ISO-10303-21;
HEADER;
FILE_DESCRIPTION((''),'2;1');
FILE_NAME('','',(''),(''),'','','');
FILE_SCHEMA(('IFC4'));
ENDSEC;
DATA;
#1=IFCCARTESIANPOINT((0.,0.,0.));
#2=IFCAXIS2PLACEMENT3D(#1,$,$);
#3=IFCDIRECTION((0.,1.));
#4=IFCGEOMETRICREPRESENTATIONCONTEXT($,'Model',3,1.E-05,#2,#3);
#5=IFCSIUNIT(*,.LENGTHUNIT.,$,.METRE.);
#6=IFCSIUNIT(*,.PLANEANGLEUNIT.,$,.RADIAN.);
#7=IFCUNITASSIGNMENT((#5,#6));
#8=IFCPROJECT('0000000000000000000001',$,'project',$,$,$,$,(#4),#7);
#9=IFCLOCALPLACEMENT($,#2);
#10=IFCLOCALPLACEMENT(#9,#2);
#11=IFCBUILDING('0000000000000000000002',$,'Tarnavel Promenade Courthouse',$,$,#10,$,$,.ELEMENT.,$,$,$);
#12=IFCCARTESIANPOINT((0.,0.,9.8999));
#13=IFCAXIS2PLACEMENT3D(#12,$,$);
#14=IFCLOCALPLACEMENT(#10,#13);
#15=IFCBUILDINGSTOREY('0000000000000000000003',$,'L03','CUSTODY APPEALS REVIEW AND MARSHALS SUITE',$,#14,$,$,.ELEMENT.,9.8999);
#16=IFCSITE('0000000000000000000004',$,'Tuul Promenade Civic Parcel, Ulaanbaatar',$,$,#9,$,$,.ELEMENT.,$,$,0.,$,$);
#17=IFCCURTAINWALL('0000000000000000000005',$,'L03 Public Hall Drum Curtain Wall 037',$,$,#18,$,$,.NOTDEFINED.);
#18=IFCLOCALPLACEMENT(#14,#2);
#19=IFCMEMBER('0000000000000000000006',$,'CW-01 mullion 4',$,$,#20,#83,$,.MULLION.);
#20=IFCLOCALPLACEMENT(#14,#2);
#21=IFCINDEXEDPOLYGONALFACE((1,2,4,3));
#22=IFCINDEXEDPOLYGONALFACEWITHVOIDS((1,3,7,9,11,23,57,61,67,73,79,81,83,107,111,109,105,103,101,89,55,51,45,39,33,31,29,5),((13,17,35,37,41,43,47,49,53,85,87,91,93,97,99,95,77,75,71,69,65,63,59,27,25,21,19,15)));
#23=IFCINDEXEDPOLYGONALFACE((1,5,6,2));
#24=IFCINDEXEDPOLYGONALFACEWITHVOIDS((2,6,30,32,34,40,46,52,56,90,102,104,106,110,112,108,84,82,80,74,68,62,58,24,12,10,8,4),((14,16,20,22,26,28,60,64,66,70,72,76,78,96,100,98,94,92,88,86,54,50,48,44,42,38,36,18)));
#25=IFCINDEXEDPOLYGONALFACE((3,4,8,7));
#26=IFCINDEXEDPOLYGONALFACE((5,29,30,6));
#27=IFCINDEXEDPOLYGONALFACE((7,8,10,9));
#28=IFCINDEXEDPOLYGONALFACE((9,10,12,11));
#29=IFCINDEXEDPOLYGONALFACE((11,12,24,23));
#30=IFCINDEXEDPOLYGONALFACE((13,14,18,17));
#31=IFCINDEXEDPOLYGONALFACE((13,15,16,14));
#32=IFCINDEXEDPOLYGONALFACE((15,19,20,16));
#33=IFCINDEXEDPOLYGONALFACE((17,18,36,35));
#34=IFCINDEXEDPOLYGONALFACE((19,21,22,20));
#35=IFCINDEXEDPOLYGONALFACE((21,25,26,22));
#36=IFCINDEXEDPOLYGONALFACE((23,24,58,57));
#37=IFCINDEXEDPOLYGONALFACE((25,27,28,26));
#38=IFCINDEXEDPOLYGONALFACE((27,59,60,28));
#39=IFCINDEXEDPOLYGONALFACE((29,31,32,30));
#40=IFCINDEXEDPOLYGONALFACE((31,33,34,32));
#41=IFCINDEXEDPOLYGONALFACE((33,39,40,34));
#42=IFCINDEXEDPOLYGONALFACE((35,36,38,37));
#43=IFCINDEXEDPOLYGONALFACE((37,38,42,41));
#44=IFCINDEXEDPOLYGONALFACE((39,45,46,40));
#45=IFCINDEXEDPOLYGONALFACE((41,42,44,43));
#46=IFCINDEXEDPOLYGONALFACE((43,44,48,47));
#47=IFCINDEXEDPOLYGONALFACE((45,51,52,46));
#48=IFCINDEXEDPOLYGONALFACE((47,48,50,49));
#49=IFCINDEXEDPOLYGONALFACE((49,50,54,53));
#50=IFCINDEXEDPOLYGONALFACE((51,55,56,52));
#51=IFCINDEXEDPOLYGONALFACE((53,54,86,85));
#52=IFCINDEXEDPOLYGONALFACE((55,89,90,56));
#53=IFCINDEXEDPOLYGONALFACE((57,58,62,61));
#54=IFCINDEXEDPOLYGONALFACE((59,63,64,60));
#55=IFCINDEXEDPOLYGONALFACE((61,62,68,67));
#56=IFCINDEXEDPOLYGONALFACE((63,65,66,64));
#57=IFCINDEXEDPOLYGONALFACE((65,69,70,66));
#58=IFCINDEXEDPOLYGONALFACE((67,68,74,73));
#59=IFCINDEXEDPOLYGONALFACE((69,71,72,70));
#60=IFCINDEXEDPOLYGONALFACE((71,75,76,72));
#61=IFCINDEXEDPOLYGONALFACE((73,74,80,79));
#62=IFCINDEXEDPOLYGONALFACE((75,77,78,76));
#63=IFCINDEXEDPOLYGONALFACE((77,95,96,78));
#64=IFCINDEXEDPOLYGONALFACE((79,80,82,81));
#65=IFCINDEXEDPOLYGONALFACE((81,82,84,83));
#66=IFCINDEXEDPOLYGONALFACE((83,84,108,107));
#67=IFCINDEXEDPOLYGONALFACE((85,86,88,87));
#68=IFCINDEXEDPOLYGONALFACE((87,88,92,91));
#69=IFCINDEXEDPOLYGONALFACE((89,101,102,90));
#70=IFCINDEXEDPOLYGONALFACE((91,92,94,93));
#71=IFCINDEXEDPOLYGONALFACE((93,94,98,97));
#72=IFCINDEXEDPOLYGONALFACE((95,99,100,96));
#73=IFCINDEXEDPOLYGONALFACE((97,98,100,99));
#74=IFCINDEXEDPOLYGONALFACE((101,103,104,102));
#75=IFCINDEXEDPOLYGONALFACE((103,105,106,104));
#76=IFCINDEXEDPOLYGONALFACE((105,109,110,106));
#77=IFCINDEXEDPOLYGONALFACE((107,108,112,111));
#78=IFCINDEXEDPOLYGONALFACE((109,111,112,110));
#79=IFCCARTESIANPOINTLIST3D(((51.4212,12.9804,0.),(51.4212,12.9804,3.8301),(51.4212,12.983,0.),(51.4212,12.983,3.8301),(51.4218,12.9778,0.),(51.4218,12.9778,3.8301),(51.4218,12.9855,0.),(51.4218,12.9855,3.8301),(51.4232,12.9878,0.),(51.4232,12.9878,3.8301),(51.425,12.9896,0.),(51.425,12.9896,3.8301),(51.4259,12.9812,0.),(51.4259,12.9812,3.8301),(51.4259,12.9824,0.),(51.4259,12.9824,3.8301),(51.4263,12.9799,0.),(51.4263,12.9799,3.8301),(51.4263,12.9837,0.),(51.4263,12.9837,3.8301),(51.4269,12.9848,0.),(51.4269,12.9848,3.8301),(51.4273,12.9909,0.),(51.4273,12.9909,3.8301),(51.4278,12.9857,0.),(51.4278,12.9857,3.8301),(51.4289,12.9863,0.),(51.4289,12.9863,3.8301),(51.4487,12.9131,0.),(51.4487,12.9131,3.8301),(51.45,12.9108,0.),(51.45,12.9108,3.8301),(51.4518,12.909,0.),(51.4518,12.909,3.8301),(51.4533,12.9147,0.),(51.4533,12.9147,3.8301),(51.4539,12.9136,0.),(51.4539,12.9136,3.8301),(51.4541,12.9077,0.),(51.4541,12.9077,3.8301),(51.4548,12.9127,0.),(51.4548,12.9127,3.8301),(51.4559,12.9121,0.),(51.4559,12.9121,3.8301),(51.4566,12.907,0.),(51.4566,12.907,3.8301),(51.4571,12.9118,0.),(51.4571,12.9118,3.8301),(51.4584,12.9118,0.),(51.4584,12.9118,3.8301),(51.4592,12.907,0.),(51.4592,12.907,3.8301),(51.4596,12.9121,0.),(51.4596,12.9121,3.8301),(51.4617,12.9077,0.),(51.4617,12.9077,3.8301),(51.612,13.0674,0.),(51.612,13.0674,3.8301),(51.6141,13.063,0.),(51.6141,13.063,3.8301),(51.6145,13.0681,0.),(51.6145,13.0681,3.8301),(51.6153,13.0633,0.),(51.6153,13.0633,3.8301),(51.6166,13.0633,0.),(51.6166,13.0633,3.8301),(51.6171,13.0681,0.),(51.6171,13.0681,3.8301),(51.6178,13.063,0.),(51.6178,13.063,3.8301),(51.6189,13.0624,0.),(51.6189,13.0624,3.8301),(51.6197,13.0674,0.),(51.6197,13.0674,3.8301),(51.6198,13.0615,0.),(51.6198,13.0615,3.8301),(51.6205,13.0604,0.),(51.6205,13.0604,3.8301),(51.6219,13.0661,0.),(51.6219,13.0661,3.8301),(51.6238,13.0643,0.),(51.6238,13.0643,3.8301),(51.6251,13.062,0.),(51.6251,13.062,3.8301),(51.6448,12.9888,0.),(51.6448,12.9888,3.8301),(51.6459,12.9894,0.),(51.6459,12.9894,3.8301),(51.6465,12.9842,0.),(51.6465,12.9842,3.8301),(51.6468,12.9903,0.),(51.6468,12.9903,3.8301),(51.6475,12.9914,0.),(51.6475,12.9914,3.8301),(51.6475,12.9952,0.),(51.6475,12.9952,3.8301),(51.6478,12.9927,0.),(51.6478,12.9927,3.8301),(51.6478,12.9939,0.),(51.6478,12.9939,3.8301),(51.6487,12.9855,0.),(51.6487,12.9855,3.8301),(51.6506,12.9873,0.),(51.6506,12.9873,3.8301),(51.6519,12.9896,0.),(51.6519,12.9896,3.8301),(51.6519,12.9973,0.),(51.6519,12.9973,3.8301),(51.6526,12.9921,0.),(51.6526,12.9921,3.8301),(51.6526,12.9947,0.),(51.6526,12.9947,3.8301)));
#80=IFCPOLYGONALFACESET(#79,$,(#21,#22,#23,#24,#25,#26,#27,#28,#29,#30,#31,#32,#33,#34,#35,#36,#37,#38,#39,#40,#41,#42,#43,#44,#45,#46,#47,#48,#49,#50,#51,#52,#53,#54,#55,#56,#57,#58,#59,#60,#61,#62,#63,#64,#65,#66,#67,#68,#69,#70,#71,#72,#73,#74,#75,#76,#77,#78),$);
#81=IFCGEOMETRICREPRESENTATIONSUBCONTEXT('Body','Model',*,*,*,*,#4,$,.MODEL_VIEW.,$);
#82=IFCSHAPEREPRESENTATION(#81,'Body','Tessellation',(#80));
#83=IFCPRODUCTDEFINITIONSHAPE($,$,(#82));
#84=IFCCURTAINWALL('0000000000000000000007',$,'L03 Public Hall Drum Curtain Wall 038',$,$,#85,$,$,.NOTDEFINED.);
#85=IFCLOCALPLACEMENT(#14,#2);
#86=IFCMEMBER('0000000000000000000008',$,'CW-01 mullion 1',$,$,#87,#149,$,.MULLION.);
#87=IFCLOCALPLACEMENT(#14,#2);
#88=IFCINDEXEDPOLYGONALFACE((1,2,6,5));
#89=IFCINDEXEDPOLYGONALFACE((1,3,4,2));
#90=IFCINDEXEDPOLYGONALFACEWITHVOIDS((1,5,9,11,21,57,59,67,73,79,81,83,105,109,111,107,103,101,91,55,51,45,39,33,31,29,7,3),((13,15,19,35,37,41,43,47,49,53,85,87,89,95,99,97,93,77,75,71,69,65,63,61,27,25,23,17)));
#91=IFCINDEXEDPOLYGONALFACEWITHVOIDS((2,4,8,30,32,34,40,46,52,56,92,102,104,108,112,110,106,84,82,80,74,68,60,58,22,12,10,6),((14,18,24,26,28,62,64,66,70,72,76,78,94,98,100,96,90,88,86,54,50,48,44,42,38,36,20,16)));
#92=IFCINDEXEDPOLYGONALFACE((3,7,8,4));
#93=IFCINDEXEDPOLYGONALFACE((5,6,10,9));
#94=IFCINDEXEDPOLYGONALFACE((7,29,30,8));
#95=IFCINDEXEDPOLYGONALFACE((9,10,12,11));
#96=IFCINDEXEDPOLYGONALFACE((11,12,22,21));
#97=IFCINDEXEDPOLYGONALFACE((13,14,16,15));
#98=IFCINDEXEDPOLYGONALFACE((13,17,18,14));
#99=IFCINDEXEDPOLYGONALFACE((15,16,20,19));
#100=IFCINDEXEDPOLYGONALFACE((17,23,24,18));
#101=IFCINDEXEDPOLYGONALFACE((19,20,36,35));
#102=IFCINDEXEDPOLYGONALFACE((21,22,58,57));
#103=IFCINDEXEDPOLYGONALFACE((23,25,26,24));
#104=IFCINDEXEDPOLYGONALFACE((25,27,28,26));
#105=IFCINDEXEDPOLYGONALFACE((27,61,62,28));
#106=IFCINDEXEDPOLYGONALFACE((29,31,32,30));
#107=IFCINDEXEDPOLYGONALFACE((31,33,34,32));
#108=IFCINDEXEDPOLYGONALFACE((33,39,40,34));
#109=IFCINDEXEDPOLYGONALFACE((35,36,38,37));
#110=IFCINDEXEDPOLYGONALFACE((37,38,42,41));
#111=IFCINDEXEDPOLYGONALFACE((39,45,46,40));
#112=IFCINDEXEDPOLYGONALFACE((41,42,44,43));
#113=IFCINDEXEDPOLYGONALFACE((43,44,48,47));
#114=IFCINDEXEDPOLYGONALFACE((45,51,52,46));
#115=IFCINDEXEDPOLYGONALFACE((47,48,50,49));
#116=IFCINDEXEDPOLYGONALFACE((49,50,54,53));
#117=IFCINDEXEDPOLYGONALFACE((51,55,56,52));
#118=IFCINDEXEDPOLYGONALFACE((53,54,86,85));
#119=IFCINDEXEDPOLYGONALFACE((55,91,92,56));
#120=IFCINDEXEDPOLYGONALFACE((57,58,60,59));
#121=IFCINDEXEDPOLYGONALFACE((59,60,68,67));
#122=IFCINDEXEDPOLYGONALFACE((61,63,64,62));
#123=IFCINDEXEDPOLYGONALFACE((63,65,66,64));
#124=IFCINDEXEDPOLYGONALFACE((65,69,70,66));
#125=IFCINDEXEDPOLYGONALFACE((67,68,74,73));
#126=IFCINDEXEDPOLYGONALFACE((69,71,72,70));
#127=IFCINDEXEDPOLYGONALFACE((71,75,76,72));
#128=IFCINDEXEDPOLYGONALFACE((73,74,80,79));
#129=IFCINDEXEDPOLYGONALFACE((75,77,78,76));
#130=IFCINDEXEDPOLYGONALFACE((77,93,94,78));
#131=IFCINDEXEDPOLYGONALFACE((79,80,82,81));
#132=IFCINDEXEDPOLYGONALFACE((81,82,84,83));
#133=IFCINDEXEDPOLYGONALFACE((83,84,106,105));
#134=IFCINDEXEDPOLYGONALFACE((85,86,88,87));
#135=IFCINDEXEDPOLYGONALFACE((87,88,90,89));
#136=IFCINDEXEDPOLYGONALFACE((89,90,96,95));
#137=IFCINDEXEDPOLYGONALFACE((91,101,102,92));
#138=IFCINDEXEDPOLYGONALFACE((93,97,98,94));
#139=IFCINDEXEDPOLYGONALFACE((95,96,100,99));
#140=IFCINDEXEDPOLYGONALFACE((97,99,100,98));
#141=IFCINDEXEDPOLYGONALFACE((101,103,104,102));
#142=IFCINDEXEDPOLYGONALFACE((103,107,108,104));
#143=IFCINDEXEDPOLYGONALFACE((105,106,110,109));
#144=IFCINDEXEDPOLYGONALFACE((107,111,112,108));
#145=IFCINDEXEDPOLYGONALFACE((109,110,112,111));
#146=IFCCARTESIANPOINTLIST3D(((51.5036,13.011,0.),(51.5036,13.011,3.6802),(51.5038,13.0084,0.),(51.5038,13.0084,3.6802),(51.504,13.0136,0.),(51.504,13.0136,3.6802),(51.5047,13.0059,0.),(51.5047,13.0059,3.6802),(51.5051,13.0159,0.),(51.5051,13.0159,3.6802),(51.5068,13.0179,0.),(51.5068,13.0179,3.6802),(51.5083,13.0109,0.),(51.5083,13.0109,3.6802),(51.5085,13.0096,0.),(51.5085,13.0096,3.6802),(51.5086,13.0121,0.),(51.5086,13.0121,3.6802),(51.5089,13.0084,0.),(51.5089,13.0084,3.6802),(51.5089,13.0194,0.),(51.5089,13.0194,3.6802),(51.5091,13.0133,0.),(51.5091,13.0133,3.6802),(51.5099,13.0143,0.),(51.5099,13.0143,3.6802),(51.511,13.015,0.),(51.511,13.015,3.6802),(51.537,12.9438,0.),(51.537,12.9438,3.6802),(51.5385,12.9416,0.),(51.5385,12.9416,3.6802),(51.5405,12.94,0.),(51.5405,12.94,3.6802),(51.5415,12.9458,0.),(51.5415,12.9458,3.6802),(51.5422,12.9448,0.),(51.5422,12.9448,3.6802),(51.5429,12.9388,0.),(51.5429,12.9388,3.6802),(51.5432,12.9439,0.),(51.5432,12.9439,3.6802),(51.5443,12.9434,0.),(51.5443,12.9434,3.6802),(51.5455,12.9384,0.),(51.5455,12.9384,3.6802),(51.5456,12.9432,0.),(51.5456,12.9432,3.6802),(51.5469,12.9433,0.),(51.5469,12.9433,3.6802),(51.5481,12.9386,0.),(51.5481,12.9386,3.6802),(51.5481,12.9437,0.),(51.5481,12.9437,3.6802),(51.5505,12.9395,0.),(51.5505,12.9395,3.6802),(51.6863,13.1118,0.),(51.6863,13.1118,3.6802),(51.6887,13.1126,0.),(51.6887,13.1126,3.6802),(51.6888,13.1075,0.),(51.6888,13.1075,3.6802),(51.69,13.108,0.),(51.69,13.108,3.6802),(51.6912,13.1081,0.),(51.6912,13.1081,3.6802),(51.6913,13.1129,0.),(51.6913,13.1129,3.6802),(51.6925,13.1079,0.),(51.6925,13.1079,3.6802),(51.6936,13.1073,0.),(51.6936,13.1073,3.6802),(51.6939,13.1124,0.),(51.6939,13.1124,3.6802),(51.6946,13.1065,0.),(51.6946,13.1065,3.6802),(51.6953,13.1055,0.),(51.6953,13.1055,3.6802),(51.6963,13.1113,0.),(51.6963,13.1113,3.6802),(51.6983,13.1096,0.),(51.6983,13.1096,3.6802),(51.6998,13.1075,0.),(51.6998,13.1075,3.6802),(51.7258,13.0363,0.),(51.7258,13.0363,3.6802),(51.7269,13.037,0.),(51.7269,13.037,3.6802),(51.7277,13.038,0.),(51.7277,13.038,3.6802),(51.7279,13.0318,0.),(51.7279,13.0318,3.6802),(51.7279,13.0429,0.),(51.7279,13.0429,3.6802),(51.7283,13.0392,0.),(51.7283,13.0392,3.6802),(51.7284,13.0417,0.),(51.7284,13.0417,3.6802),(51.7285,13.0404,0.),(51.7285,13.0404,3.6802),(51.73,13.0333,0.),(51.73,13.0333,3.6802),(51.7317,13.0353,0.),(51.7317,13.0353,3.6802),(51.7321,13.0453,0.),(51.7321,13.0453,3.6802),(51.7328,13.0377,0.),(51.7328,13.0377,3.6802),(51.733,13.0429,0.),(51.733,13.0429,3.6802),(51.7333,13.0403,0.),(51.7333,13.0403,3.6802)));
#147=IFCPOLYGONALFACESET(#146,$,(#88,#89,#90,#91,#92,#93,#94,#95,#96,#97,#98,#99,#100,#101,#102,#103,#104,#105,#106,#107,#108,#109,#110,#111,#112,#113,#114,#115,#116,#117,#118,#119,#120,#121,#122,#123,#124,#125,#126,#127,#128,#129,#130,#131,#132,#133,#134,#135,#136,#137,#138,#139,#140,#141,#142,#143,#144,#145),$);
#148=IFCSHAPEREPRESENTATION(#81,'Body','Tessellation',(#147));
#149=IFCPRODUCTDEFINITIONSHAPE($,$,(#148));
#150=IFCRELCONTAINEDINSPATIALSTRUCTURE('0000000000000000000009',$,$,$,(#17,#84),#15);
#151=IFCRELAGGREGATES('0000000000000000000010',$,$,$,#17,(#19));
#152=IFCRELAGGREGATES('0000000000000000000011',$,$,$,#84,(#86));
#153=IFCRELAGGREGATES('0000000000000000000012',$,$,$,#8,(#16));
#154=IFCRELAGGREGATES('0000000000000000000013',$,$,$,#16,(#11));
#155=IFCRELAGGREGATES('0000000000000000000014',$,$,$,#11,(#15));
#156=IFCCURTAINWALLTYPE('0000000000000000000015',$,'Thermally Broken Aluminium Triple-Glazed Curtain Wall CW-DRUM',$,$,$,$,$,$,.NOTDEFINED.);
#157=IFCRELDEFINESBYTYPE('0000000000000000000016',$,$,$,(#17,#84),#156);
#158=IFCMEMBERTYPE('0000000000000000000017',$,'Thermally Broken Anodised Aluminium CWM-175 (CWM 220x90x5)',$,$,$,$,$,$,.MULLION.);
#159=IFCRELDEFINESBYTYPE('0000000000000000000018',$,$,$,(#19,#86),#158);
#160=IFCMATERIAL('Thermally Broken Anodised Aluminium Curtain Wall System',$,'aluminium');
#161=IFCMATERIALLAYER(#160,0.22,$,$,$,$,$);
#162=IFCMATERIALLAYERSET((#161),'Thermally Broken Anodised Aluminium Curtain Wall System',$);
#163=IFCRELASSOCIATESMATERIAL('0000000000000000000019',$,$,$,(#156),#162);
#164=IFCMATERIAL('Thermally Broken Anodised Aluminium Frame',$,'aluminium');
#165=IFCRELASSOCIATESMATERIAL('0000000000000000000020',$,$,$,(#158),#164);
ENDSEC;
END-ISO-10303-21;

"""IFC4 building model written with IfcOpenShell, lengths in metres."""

from ifc_helpers import new_model, si_unit, direction, frame, origin, origin_2d, place, context, subcontext, project, spatial, hollow_rectangle, extrude, material, layer, layer_set, material_profile, profile_set, type_object, element, aggregate, save


model = new_model("IFC4")

# Units and contexts
model_context = context("Model", 3, precision=1e-05, world=origin(), true_north=direction((0.0, 1.0)))
body_context = subcontext(model_context, "Body", "Model", "MODEL_VIEW")
ifc_project = project(units=[si_unit("LENGTHUNIT", "METRE"), si_unit("PLANEANGLEUNIT", "RADIAN")], contexts=[model_context])

# Site, building, storey
site_placement = place(None, origin())
site = spatial("IfcSite", under=ifc_project, at=site_placement, Name="Tuul Promenade Civic Parcel, Ulaanbaatar", CompositionType="ELEMENT", RefElevation=0.0)
building_placement = place(site_placement, origin())
building = spatial("IfcBuilding", under=site, at=building_placement, Name="Tarnavel Promenade Courthouse", CompositionType="ELEMENT")
storey_placement = place(building_placement, frame((0.0, 0.0, 9.8999)))
storey = spatial("IfcBuildingStorey", under=building, at=storey_placement, Name="L03", Description="CUSTODY APPEALS REVIEW AND MARSHALS SUITE", CompositionType="ELEMENT", Elevation=9.8999)

# Curtain walls, members
ifc_material_1 = material(Name="Thermally Broken Anodised Aluminium Curtain Wall System", Category="aluminium")
ifc_layer_1 = layer(ifc_material_1, 0.22)
ifc_layer_set_1 = layer_set([ifc_layer_1], Name="Thermally Broken Anodised Aluminium Curtain Wall System")
curtain_wall_type = type_object("IfcCurtainWallType", Name="Thermally Broken Aluminium Triple-Glazed Curtain Wall CW-DRUM", PredefinedType="NOTDEFINED", material=ifc_layer_set_1)
curtain_wall_1_placement = place(storey_placement, origin())
curtain_wall_1 = element("IfcCurtainWall", 1, at=curtain_wall_1_placement, inside=storey, type_object=curtain_wall_type, Name="L03 Public Hall Drum Curtain Wall 037", PredefinedType="NOTDEFINED")
ifc_material_2 = material(Name="Thermally Broken Anodised Aluminium Frame", Category="aluminium")
ifc_material_profile_1 = material_profile(ifc_material_2, hollow_rectangle(XDim=0.0901, YDim=0.22, WallThickness=0.0049, InnerFilletRadius=0.0049, OuterFilletRadius=0.01, at=origin_2d()), Name="CWM 220x90x5")
ifc_profile_set_1 = profile_set([ifc_material_profile_1], Name="Thermally Broken Anodised Aluminium Frame")
member_type_1 = type_object("IfcMemberType", Name="Thermally Broken Anodised Aluminium CWM-175 (CWM 220x90x5)", PredefinedType="MULLION", material=ifc_profile_set_1)
member_1_placement = place(storey_placement, frame((51.5369, 12.9875, 0.0), z_axis=(0.0, 0.0, 1.0), x_axis=(-0.382685, 0.923879, 0.0)))
member_1 = element("IfcMember", 2, at=member_1_placement, type_object=member_type_1, Name="CW-01 mullion 4", PredefinedType="MULLION", context=body_context, shape_type="SweptSolid", body=[
    extrude(hollow_rectangle(XDim=0.0901, YDim=0.22, WallThickness=0.0049, InnerFilletRadius=0.0049, OuterFilletRadius=0.01, at=origin_2d()), origin(), (0.0, 0.0, 1.0), 3.8301),
])
curtain_wall_2_placement = place(storey_placement, origin())
curtain_wall_2 = element("IfcCurtainWall", 3, at=curtain_wall_2_placement, inside=storey, type_object=curtain_wall_type, Name="L03 Public Hall Drum Curtain Wall 038", PredefinedType="NOTDEFINED")
member_2_placement = place(storey_placement, frame((51.6184, 13.0256, 0.0), z_axis=(0.0, 0.0, 1.0), x_axis=(-0.461747, 0.887011, 0.0)))
member_2 = element("IfcMember", 4, at=member_2_placement, type_object=member_type_1, Name="CW-01 mullion 1", PredefinedType="MULLION", context=body_context, shape_type="SweptSolid", body=[
    extrude(hollow_rectangle(XDim=0.0901, YDim=0.22, WallThickness=0.0049, InnerFilletRadius=0.0049, OuterFilletRadius=0.01, at=origin_2d()), origin(), (0.0, 0.0, 1.0), 3.6802),
])

aggregate(curtain_wall_1, [member_1])
aggregate(curtain_wall_2, [member_2])

save(model, "model.ifc")
